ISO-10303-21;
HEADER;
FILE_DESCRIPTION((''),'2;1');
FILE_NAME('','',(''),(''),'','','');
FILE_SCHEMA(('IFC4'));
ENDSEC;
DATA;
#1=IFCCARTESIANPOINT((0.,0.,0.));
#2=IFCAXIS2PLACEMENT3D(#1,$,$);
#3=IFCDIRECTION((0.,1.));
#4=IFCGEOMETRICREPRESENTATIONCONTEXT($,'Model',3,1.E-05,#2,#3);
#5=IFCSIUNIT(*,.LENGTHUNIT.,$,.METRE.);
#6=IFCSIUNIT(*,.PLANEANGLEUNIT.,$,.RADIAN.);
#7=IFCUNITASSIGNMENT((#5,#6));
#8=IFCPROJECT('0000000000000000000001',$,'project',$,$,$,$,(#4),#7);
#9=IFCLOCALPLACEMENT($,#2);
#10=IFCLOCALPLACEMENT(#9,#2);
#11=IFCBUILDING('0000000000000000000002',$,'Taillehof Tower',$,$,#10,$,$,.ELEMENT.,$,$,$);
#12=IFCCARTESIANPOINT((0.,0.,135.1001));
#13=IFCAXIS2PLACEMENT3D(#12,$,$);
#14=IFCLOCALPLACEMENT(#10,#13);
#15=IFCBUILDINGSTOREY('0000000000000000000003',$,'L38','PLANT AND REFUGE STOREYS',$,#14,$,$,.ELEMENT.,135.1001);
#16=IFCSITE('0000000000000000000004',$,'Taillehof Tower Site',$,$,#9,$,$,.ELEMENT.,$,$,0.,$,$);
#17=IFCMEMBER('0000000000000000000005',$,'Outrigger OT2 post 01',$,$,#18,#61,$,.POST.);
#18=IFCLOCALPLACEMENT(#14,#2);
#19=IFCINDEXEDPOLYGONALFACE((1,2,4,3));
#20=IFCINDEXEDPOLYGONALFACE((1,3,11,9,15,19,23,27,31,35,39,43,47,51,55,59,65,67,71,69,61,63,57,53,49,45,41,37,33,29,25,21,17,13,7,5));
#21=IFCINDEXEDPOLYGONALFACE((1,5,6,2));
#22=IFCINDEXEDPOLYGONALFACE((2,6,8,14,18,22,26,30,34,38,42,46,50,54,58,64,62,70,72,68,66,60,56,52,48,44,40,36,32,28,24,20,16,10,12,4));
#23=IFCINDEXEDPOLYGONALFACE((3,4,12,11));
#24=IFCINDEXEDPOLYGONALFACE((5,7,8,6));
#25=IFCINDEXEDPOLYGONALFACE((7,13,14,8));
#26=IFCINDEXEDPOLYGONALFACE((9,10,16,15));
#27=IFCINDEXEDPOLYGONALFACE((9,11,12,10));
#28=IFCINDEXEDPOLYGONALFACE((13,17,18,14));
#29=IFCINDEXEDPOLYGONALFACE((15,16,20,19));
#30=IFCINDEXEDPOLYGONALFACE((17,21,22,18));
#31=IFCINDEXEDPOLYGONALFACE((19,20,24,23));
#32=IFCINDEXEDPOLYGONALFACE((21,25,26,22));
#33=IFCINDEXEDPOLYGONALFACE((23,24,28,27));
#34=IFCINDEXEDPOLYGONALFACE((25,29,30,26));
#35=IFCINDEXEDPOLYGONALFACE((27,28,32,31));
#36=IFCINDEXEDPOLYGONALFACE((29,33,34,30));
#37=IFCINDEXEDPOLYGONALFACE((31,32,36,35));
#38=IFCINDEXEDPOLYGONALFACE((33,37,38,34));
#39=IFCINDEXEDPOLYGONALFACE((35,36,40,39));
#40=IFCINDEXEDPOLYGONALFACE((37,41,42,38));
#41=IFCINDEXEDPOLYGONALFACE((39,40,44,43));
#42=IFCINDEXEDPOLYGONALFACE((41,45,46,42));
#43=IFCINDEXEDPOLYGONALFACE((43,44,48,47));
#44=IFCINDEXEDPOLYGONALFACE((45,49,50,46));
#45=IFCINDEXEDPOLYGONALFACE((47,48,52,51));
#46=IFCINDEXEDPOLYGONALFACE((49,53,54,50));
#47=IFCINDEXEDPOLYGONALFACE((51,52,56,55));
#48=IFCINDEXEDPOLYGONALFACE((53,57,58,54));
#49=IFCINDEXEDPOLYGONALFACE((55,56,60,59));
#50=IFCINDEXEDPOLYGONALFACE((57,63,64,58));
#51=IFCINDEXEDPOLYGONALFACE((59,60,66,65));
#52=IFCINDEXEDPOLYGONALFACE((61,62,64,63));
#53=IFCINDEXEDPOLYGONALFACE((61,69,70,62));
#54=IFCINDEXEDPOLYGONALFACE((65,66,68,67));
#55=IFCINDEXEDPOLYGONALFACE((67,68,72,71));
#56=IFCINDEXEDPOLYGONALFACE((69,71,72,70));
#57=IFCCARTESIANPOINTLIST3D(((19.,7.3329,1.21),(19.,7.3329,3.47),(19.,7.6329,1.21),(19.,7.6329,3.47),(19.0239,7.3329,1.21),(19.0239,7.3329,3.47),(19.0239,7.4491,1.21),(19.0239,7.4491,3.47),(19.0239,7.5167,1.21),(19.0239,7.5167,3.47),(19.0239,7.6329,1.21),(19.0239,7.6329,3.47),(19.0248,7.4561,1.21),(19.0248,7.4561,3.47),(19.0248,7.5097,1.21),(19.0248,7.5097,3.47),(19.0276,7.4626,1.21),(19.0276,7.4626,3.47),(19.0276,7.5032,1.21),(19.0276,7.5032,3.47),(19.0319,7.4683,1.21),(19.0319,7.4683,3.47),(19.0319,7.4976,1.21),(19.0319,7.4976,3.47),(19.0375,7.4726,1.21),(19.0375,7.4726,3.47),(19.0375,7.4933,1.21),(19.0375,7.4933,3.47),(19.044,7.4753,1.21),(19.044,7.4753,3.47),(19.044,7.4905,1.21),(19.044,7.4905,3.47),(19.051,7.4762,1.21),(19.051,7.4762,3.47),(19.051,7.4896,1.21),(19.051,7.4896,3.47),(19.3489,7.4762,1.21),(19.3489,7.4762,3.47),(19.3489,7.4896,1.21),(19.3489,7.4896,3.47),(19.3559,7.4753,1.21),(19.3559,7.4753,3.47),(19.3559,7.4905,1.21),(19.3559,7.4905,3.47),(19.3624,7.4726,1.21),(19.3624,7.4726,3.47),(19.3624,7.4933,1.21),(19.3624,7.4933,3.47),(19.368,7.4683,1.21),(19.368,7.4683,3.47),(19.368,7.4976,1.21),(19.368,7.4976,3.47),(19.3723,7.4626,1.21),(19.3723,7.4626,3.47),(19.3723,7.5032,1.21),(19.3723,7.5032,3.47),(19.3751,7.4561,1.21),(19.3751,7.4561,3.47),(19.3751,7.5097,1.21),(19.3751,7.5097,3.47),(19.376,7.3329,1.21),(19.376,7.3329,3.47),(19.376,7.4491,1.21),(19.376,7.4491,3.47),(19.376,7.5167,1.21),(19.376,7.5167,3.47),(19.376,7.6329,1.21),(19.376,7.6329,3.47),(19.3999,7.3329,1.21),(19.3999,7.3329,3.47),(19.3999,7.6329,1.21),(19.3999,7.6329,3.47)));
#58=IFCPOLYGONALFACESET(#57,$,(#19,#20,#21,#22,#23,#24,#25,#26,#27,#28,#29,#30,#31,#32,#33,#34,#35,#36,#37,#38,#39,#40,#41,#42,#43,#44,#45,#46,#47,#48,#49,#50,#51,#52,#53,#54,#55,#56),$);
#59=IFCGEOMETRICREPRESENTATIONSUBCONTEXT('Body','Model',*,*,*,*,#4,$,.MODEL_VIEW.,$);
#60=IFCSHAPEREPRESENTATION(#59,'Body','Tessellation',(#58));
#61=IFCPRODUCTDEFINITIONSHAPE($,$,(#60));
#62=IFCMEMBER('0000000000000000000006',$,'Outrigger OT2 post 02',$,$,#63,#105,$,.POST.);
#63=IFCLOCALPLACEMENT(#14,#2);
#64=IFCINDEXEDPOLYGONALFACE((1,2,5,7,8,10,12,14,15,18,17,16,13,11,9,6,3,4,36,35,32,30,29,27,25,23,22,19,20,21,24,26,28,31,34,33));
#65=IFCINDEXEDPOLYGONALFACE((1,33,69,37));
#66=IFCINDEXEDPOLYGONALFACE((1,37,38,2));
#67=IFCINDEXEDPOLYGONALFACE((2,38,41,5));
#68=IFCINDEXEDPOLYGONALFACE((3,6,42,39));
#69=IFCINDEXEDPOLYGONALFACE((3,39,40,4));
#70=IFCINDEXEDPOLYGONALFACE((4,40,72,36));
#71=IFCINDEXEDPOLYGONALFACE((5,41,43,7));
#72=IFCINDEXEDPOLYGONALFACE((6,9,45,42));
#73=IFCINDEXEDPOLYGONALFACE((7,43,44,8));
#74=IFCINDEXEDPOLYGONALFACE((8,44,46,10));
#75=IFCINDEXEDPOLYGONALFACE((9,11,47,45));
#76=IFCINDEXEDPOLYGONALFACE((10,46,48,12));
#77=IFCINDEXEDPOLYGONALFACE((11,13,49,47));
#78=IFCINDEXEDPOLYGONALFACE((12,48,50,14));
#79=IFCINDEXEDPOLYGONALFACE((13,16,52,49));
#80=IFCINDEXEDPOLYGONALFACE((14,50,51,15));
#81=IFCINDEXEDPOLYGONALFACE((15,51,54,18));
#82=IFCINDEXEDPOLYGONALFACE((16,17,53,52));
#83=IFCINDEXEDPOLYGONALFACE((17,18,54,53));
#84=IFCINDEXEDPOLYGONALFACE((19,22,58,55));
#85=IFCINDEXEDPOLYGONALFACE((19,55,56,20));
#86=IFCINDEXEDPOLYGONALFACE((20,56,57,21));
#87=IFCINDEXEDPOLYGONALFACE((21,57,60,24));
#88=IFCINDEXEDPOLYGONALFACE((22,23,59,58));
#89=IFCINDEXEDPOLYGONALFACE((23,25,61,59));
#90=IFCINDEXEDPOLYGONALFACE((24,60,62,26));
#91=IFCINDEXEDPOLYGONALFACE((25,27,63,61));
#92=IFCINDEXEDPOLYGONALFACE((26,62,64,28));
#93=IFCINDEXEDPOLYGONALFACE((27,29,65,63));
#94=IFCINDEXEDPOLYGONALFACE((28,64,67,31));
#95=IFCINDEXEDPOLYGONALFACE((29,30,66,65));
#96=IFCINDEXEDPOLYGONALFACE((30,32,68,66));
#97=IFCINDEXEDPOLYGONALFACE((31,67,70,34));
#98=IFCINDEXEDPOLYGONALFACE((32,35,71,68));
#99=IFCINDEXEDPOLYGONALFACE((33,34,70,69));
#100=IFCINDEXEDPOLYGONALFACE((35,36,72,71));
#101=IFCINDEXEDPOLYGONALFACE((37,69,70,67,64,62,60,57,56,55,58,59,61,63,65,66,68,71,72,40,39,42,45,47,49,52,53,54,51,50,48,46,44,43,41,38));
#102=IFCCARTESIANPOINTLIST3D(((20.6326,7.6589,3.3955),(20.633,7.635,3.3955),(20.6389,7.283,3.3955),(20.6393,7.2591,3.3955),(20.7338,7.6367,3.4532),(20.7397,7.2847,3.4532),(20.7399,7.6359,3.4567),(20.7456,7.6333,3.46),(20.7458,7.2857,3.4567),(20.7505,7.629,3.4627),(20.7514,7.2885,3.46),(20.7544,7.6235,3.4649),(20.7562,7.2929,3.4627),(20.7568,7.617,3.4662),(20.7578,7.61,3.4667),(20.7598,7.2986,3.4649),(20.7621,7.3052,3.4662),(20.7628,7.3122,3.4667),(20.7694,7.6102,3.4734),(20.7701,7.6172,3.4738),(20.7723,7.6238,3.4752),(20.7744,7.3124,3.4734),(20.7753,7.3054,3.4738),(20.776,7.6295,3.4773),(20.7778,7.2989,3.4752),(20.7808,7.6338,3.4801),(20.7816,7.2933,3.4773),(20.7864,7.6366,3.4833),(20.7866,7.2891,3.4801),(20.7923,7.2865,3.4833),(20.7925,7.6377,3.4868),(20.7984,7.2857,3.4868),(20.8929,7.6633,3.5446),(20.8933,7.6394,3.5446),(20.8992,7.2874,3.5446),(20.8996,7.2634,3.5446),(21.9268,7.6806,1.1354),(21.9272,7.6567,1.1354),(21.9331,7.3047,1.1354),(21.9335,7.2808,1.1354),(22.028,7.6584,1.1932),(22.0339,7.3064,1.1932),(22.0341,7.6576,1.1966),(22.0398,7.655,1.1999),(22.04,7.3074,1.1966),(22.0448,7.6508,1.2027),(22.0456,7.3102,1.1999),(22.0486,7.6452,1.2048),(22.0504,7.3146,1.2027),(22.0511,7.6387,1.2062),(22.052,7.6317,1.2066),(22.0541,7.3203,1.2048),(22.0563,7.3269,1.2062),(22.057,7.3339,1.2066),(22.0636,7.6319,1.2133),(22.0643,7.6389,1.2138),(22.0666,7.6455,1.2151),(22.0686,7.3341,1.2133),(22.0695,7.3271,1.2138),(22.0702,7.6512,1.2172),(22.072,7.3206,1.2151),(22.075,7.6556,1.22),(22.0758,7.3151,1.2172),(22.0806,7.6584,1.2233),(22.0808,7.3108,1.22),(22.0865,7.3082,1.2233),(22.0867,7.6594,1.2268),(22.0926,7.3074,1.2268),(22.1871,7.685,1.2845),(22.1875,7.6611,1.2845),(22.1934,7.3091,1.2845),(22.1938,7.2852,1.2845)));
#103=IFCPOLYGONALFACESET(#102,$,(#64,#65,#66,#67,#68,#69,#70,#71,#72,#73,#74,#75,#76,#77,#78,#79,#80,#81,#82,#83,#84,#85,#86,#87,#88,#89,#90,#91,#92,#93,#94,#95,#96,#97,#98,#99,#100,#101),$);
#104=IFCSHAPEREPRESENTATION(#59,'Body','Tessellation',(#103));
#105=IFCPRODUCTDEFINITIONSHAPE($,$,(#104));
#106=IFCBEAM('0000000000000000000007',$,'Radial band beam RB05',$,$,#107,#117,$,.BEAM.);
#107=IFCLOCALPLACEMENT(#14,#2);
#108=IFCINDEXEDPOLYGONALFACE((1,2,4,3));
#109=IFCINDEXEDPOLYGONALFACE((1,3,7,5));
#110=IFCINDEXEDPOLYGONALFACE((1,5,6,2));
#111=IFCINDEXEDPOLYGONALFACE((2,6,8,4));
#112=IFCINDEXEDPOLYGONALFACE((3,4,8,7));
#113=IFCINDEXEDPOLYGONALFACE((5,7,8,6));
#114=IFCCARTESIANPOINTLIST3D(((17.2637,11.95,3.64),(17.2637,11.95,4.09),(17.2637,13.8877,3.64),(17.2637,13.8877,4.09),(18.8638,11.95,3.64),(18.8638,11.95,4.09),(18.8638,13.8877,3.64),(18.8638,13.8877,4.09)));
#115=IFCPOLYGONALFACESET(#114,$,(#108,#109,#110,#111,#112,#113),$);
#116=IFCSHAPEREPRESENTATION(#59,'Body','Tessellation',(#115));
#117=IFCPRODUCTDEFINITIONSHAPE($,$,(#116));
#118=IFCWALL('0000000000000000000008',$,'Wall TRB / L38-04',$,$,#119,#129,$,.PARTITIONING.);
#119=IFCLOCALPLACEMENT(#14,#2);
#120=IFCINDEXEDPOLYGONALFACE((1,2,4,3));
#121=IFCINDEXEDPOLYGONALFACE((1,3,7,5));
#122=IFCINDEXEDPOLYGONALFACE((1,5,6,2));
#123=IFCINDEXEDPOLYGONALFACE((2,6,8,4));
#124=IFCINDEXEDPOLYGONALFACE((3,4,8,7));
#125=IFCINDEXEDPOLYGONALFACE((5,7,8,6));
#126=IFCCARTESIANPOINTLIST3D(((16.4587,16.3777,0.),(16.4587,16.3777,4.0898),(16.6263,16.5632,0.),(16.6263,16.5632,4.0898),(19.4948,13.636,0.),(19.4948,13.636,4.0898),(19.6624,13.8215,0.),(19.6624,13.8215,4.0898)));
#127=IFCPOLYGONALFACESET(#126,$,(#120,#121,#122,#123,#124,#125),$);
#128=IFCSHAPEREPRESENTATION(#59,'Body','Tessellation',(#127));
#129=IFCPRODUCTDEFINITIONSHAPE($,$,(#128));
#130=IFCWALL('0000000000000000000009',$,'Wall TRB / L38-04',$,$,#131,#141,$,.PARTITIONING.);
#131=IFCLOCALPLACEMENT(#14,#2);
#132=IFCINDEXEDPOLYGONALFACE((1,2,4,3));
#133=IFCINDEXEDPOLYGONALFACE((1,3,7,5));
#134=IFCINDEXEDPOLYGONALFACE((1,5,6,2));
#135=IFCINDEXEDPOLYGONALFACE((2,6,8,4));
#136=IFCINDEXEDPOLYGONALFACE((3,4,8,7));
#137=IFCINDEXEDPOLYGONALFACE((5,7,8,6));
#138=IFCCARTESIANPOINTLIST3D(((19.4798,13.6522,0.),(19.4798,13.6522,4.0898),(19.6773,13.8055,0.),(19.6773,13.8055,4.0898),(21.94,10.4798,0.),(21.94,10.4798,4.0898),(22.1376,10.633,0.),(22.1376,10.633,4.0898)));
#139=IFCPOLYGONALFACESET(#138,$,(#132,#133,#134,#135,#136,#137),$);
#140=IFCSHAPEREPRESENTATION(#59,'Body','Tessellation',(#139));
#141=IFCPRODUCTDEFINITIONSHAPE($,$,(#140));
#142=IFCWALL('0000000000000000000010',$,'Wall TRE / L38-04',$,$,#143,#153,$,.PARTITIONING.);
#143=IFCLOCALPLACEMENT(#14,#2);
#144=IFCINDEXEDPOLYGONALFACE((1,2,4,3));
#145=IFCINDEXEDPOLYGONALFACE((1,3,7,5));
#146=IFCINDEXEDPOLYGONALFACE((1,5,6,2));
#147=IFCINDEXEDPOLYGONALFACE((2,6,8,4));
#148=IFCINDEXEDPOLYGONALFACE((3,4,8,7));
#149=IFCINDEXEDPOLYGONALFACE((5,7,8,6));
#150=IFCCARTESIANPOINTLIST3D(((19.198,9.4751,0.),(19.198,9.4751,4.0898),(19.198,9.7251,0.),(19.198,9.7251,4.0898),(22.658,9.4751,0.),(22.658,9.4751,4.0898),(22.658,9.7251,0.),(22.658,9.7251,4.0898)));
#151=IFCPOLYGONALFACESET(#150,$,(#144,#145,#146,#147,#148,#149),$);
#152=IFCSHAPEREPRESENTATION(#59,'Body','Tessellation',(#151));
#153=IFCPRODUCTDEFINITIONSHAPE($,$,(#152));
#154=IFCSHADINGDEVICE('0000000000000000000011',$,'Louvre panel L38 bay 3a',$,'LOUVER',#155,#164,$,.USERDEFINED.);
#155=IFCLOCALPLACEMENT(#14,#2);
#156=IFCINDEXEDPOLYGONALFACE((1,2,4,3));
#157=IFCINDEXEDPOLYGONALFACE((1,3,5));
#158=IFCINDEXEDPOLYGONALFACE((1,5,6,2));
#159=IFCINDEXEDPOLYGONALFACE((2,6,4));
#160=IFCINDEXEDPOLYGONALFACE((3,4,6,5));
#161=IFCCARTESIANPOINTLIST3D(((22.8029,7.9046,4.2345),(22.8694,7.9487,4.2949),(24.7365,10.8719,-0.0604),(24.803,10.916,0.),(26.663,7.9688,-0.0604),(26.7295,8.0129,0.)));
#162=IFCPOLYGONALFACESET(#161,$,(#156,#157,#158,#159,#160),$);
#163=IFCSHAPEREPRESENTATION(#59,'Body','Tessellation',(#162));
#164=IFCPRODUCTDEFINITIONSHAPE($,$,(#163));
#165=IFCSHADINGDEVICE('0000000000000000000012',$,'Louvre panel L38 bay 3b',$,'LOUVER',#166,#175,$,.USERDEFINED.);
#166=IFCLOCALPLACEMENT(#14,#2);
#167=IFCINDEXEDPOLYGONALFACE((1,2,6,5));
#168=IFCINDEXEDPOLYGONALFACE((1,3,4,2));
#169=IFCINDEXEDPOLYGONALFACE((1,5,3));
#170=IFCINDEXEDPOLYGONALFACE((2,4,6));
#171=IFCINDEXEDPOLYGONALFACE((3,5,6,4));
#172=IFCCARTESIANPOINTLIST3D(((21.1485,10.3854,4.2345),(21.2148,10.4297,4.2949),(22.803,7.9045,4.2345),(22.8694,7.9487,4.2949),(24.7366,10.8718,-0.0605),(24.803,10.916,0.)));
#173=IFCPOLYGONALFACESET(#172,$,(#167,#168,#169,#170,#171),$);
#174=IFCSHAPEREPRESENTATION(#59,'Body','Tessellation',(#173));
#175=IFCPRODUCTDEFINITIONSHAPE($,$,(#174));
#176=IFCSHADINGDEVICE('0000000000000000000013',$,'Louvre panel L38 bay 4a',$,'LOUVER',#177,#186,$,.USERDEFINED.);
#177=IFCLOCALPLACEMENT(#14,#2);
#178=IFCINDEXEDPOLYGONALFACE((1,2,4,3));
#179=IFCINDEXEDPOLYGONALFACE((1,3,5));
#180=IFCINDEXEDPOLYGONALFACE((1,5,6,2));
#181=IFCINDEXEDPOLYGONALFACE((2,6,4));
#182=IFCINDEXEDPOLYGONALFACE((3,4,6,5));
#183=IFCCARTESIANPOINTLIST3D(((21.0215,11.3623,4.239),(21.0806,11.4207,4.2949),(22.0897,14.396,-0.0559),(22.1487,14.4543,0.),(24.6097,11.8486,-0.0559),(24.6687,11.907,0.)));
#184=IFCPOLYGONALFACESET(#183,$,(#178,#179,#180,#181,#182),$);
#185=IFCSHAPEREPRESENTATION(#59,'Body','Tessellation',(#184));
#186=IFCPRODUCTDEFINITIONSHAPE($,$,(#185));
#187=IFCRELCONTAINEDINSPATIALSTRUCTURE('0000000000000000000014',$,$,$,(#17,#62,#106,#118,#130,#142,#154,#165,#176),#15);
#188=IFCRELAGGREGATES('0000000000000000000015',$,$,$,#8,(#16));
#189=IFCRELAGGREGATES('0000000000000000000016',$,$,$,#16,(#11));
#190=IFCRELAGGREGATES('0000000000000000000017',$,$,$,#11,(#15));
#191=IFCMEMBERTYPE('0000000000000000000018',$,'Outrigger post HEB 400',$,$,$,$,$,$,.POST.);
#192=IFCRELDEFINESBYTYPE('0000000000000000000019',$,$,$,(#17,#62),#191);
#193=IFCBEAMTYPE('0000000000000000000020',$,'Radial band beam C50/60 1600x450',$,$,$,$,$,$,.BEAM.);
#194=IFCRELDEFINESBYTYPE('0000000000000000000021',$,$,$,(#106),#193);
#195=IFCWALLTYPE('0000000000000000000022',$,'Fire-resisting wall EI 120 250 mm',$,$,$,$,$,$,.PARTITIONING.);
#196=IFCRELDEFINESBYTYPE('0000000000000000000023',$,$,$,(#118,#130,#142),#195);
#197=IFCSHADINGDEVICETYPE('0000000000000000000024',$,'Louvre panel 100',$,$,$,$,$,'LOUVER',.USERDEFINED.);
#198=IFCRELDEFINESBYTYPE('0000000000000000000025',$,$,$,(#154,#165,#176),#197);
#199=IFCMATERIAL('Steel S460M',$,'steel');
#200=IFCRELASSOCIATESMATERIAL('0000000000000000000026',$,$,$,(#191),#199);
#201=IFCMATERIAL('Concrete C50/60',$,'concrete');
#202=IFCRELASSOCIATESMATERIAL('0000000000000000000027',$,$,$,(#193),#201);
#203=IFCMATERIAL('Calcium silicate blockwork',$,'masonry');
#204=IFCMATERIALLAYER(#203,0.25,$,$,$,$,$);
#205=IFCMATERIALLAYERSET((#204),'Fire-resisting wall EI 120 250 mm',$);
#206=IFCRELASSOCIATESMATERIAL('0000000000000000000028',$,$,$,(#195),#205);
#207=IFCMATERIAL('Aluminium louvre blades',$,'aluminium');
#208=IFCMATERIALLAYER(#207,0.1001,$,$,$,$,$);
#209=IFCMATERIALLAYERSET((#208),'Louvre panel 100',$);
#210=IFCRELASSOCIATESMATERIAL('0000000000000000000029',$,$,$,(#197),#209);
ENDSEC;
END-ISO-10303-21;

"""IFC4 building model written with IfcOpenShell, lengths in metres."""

from ifc_helpers import new_model, si_unit, direction, frame, frame_2d, origin, origin_2d, place, context, subcontext, project, spatial, polyline, rectangle, i_section, outline, extrude, material, layer, layer_set, material_profile, profile_set, type_object, element, save


model = new_model("IFC4")

# Units and contexts
model_context = context("Model", 3, precision=1e-05, world=origin(), true_north=direction((0.0, 1.0)))
body_context = subcontext(model_context, "Body", "Model", "MODEL_VIEW")
ifc_project = project(units=[si_unit("LENGTHUNIT", "METRE"), si_unit("PLANEANGLEUNIT", "RADIAN")], contexts=[model_context])

# Site, building, storey
site_placement = place(None, origin())
site = spatial("IfcSite", under=ifc_project, at=site_placement, Name="Taillehof Tower Site", CompositionType="ELEMENT", RefElevation=0.0)
building_placement = place(site_placement, origin())
building = spatial("IfcBuilding", under=site, at=building_placement, Name="Taillehof Tower", CompositionType="ELEMENT")
storey_placement = place(building_placement, frame((0.0, 0.0, 135.1001)))
storey = spatial("IfcBuildingStorey", under=building, at=storey_placement, Name="L38", Description="PLANT AND REFUGE STOREYS", CompositionType="ELEMENT", Elevation=135.1001)

# Members
ifc_material_1 = material(Name="Steel S460M", Category="steel")
ifc_material_profile_1 = material_profile(ifc_material_1, i_section(OverallWidth=0.3, OverallDepth=0.3999, WebThickness=0.0134, FlangeThickness=0.0239, FilletRadius=0.0271, at=origin_2d()), Name="HEB 400")
ifc_profile_set_1 = profile_set([ifc_material_profile_1], Name="Steel S460M")
member_type_1 = type_object("IfcMemberType", Name="Outrigger post HEB 400", PredefinedType="POST", material=ifc_profile_set_1)
member_1_placement = place(storey_placement, frame((19.2, 7.4829, 1.21), z_axis=(0.0, 0.0, 1.0), x_axis=(0.0, -1.0, 0.0)))
element("IfcMember", 1, at=member_1_placement, inside=storey, type_object=member_type_1, Name="Outrigger OT2 post 01", PredefinedType="POST", context=body_context, shape_type="SweptSolid", body=[
    extrude(i_section(OverallWidth=0.3, OverallDepth=0.3999, WebThickness=0.0134, FlangeThickness=0.0239, FilletRadius=0.0271, at=origin_2d()), origin(), (0.0, 0.0, 1.0), 2.26),
])
member_2_placement = place(storey_placement, frame((22.0603, 7.4829, 1.21), z_axis=(-0.496919, -0.008343, 0.867757), x_axis=(-0.867635, -0.014567, -0.496989)))
element("IfcMember", 2, at=member_2_placement, inside=storey, type_object=member_type_1, Name="Outrigger OT2 post 02", PredefinedType="POST", context=body_context, shape_type="SweptSolid", body=[
    extrude(i_section(OverallWidth=0.3, OverallDepth=0.3999, WebThickness=0.0134, FlangeThickness=0.0239, FilletRadius=0.0271, at=origin_2d()), origin(), (0.0, 0.0, 1.0), 2.6045),
])

# Beam
ifc_material_2 = material(Name="Concrete C50/60", Category="concrete")
ifc_material_profile_2 = material_profile(ifc_material_2, rectangle(XDim=1.6001, YDim=0.45, at=origin_2d()), Name="RC 1600x450")
ifc_profile_set_2 = profile_set([ifc_material_profile_2], Name="Concrete C50/60")
beam_type = type_object("IfcBeamType", Name="Radial band beam C50/60 1600x450", PredefinedType="BEAM", material=ifc_profile_set_2)
beam_placement = place(storey_placement, frame((18.0637, 13.8877, 3.865), z_axis=(0.0, -1.0, 0.0), x_axis=(1.0, 0.0, 0.0)))
element("IfcBeam", 3, at=beam_placement, inside=storey, type_object=beam_type, Name="Radial band beam RB05", PredefinedType="BEAM", context=body_context, shape_type="SweptSolid", body=[
    extrude(rectangle(XDim=1.6001, YDim=0.45, at=origin_2d()), origin(), (0.0, 0.0, 1.0), 1.9377),
])

# Walls
ifc_material_3 = material(Name="Calcium silicate blockwork", Category="masonry")
ifc_layer_1 = layer(ifc_material_3, 0.25)
ifc_layer_set_1 = layer_set([ifc_layer_1], Name="Fire-resisting wall EI 120 250 mm")
wall_type = type_object("IfcWallType", Name="Fire-resisting wall EI 120 250 mm", PredefinedType="PARTITIONING", material=ifc_layer_set_1)
wall_1_placement = place(storey_placement, frame((19.5786, 13.7288, 0.0), z_axis=(0.0, 0.0, 1.0), x_axis=(-0.742177, 0.670204, 0.0)))
element("IfcWall", 4, at=wall_1_placement, inside=storey, type_object=wall_type, Name="Wall TRB / L38-04", PredefinedType="PARTITIONING", context=body_context, shape_type="SweptSolid", body=[
    extrude(rectangle(XDim=4.0908, YDim=0.25, at=frame_2d((2.0454, 0.0))), origin(), (0.0, 0.0, 1.0), 4.0898),
])
wall_2_placement = place(storey_placement, frame((22.0388, 10.5564, 0.0), z_axis=(0.0, 0.0, 1.0), x_axis=(-0.612824, 0.790219, 0.0)))
element("IfcWall", 5, at=wall_2_placement, inside=storey, type_object=wall_type, Name="Wall TRB / L38-04", PredefinedType="PARTITIONING", context=body_context, shape_type="SweptSolid", body=[
    extrude(rectangle(XDim=4.0146, YDim=0.25, at=frame_2d((2.0073, 0.0))), origin(), (0.0, 0.0, 1.0), 4.0898),
])
wall_3_placement = place(storey_placement, frame((19.198, 9.6001, 0.0), z_axis=(0.0, 0.0, 1.0), x_axis=(1.0, 0.0, 0.0)))
element("IfcWall", 6, at=wall_3_placement, inside=storey, type_object=wall_type, Name="Wall TRE / L38-04", PredefinedType="PARTITIONING", context=body_context, shape_type="SweptSolid", body=[
    extrude(rectangle(XDim=3.46, YDim=0.25, at=frame_2d((1.73, 0.0))), origin(), (0.0, 0.0, 1.0), 4.0898),
])

# Shading devices
ifc_material_4 = material(Name="Aluminium louvre blades", Category="aluminium")
ifc_layer_2 = layer(ifc_material_4, 0.1001)
ifc_layer_set_2 = layer_set([ifc_layer_2], Name="Louvre panel 100")
shading_device_type = type_object("IfcShadingDeviceType", Name="Louvre panel 100", ElementType="LOUVER", PredefinedType="USERDEFINED", material=ifc_layer_set_2)
shading_device_1_placement = place(storey_placement, frame((26.7295, 8.0129, 0.0), z_axis=(0.664297, 0.440835, 0.603634), x_axis=(-0.552936, 0.833223, 0.0)))
element("IfcShadingDevice", 7, at=shading_device_1_placement, inside=storey, type_object=shading_device_type, Name="Louvre panel L38 bay 3a", ObjectType="LOUVER", PredefinedType="USERDEFINED", context=body_context, shape_type="SweptSolid", body=[
    extrude(outline(polyline([(0.0, 0.0), (3.4842, 0.0), (2.0809, 5.3871), (0.0, 0.0)])), origin(), (0.0, 0.0, -1.0), 0.1001),
])
shading_device_2_placement = place(storey_placement, frame((24.803, 10.916, 0.0), z_axis=(0.663054, 0.442188, 0.60401), x_axis=(-0.638729, -0.086572, 0.764546)))
element("IfcShadingDevice", 8, at=shading_device_2_placement, inside=storey, type_object=shading_device_type, Name="Louvre panel L38 bay 3b", ObjectType="LOUVER", PredefinedType="USERDEFINED", context=body_context, shape_type="SweptSolid", body=[
    extrude(outline(polyline([(0.0, 0.0), (5.6176, 0.0), (4.7756, 2.8607), (0.0, 0.0)])), origin(), (0.0, 0.0, -1.0), 0.1001),
])
shading_device_3_placement = place(storey_placement, frame((24.6687, 11.907, 0.0), z_axis=(0.589633, 0.583304, 0.55865), x_axis=(-0.703281, 0.710912, 0.0)))
element("IfcShadingDevice", 9, at=shading_device_3_placement, inside=storey, type_object=shading_device_type, Name="Louvre panel L38 bay 4a", ObjectType="LOUVER", PredefinedType="USERDEFINED", context=body_context, shape_type="SweptSolid", body=[
    extrude(outline(polyline([(0.0, 0.0), (3.5832, 0.0), (2.1777, 5.1783), (0.0, 0.0)])), origin(), (0.0, 0.0, -1.0), 0.1001),
])

save(model, "model.ifc")
